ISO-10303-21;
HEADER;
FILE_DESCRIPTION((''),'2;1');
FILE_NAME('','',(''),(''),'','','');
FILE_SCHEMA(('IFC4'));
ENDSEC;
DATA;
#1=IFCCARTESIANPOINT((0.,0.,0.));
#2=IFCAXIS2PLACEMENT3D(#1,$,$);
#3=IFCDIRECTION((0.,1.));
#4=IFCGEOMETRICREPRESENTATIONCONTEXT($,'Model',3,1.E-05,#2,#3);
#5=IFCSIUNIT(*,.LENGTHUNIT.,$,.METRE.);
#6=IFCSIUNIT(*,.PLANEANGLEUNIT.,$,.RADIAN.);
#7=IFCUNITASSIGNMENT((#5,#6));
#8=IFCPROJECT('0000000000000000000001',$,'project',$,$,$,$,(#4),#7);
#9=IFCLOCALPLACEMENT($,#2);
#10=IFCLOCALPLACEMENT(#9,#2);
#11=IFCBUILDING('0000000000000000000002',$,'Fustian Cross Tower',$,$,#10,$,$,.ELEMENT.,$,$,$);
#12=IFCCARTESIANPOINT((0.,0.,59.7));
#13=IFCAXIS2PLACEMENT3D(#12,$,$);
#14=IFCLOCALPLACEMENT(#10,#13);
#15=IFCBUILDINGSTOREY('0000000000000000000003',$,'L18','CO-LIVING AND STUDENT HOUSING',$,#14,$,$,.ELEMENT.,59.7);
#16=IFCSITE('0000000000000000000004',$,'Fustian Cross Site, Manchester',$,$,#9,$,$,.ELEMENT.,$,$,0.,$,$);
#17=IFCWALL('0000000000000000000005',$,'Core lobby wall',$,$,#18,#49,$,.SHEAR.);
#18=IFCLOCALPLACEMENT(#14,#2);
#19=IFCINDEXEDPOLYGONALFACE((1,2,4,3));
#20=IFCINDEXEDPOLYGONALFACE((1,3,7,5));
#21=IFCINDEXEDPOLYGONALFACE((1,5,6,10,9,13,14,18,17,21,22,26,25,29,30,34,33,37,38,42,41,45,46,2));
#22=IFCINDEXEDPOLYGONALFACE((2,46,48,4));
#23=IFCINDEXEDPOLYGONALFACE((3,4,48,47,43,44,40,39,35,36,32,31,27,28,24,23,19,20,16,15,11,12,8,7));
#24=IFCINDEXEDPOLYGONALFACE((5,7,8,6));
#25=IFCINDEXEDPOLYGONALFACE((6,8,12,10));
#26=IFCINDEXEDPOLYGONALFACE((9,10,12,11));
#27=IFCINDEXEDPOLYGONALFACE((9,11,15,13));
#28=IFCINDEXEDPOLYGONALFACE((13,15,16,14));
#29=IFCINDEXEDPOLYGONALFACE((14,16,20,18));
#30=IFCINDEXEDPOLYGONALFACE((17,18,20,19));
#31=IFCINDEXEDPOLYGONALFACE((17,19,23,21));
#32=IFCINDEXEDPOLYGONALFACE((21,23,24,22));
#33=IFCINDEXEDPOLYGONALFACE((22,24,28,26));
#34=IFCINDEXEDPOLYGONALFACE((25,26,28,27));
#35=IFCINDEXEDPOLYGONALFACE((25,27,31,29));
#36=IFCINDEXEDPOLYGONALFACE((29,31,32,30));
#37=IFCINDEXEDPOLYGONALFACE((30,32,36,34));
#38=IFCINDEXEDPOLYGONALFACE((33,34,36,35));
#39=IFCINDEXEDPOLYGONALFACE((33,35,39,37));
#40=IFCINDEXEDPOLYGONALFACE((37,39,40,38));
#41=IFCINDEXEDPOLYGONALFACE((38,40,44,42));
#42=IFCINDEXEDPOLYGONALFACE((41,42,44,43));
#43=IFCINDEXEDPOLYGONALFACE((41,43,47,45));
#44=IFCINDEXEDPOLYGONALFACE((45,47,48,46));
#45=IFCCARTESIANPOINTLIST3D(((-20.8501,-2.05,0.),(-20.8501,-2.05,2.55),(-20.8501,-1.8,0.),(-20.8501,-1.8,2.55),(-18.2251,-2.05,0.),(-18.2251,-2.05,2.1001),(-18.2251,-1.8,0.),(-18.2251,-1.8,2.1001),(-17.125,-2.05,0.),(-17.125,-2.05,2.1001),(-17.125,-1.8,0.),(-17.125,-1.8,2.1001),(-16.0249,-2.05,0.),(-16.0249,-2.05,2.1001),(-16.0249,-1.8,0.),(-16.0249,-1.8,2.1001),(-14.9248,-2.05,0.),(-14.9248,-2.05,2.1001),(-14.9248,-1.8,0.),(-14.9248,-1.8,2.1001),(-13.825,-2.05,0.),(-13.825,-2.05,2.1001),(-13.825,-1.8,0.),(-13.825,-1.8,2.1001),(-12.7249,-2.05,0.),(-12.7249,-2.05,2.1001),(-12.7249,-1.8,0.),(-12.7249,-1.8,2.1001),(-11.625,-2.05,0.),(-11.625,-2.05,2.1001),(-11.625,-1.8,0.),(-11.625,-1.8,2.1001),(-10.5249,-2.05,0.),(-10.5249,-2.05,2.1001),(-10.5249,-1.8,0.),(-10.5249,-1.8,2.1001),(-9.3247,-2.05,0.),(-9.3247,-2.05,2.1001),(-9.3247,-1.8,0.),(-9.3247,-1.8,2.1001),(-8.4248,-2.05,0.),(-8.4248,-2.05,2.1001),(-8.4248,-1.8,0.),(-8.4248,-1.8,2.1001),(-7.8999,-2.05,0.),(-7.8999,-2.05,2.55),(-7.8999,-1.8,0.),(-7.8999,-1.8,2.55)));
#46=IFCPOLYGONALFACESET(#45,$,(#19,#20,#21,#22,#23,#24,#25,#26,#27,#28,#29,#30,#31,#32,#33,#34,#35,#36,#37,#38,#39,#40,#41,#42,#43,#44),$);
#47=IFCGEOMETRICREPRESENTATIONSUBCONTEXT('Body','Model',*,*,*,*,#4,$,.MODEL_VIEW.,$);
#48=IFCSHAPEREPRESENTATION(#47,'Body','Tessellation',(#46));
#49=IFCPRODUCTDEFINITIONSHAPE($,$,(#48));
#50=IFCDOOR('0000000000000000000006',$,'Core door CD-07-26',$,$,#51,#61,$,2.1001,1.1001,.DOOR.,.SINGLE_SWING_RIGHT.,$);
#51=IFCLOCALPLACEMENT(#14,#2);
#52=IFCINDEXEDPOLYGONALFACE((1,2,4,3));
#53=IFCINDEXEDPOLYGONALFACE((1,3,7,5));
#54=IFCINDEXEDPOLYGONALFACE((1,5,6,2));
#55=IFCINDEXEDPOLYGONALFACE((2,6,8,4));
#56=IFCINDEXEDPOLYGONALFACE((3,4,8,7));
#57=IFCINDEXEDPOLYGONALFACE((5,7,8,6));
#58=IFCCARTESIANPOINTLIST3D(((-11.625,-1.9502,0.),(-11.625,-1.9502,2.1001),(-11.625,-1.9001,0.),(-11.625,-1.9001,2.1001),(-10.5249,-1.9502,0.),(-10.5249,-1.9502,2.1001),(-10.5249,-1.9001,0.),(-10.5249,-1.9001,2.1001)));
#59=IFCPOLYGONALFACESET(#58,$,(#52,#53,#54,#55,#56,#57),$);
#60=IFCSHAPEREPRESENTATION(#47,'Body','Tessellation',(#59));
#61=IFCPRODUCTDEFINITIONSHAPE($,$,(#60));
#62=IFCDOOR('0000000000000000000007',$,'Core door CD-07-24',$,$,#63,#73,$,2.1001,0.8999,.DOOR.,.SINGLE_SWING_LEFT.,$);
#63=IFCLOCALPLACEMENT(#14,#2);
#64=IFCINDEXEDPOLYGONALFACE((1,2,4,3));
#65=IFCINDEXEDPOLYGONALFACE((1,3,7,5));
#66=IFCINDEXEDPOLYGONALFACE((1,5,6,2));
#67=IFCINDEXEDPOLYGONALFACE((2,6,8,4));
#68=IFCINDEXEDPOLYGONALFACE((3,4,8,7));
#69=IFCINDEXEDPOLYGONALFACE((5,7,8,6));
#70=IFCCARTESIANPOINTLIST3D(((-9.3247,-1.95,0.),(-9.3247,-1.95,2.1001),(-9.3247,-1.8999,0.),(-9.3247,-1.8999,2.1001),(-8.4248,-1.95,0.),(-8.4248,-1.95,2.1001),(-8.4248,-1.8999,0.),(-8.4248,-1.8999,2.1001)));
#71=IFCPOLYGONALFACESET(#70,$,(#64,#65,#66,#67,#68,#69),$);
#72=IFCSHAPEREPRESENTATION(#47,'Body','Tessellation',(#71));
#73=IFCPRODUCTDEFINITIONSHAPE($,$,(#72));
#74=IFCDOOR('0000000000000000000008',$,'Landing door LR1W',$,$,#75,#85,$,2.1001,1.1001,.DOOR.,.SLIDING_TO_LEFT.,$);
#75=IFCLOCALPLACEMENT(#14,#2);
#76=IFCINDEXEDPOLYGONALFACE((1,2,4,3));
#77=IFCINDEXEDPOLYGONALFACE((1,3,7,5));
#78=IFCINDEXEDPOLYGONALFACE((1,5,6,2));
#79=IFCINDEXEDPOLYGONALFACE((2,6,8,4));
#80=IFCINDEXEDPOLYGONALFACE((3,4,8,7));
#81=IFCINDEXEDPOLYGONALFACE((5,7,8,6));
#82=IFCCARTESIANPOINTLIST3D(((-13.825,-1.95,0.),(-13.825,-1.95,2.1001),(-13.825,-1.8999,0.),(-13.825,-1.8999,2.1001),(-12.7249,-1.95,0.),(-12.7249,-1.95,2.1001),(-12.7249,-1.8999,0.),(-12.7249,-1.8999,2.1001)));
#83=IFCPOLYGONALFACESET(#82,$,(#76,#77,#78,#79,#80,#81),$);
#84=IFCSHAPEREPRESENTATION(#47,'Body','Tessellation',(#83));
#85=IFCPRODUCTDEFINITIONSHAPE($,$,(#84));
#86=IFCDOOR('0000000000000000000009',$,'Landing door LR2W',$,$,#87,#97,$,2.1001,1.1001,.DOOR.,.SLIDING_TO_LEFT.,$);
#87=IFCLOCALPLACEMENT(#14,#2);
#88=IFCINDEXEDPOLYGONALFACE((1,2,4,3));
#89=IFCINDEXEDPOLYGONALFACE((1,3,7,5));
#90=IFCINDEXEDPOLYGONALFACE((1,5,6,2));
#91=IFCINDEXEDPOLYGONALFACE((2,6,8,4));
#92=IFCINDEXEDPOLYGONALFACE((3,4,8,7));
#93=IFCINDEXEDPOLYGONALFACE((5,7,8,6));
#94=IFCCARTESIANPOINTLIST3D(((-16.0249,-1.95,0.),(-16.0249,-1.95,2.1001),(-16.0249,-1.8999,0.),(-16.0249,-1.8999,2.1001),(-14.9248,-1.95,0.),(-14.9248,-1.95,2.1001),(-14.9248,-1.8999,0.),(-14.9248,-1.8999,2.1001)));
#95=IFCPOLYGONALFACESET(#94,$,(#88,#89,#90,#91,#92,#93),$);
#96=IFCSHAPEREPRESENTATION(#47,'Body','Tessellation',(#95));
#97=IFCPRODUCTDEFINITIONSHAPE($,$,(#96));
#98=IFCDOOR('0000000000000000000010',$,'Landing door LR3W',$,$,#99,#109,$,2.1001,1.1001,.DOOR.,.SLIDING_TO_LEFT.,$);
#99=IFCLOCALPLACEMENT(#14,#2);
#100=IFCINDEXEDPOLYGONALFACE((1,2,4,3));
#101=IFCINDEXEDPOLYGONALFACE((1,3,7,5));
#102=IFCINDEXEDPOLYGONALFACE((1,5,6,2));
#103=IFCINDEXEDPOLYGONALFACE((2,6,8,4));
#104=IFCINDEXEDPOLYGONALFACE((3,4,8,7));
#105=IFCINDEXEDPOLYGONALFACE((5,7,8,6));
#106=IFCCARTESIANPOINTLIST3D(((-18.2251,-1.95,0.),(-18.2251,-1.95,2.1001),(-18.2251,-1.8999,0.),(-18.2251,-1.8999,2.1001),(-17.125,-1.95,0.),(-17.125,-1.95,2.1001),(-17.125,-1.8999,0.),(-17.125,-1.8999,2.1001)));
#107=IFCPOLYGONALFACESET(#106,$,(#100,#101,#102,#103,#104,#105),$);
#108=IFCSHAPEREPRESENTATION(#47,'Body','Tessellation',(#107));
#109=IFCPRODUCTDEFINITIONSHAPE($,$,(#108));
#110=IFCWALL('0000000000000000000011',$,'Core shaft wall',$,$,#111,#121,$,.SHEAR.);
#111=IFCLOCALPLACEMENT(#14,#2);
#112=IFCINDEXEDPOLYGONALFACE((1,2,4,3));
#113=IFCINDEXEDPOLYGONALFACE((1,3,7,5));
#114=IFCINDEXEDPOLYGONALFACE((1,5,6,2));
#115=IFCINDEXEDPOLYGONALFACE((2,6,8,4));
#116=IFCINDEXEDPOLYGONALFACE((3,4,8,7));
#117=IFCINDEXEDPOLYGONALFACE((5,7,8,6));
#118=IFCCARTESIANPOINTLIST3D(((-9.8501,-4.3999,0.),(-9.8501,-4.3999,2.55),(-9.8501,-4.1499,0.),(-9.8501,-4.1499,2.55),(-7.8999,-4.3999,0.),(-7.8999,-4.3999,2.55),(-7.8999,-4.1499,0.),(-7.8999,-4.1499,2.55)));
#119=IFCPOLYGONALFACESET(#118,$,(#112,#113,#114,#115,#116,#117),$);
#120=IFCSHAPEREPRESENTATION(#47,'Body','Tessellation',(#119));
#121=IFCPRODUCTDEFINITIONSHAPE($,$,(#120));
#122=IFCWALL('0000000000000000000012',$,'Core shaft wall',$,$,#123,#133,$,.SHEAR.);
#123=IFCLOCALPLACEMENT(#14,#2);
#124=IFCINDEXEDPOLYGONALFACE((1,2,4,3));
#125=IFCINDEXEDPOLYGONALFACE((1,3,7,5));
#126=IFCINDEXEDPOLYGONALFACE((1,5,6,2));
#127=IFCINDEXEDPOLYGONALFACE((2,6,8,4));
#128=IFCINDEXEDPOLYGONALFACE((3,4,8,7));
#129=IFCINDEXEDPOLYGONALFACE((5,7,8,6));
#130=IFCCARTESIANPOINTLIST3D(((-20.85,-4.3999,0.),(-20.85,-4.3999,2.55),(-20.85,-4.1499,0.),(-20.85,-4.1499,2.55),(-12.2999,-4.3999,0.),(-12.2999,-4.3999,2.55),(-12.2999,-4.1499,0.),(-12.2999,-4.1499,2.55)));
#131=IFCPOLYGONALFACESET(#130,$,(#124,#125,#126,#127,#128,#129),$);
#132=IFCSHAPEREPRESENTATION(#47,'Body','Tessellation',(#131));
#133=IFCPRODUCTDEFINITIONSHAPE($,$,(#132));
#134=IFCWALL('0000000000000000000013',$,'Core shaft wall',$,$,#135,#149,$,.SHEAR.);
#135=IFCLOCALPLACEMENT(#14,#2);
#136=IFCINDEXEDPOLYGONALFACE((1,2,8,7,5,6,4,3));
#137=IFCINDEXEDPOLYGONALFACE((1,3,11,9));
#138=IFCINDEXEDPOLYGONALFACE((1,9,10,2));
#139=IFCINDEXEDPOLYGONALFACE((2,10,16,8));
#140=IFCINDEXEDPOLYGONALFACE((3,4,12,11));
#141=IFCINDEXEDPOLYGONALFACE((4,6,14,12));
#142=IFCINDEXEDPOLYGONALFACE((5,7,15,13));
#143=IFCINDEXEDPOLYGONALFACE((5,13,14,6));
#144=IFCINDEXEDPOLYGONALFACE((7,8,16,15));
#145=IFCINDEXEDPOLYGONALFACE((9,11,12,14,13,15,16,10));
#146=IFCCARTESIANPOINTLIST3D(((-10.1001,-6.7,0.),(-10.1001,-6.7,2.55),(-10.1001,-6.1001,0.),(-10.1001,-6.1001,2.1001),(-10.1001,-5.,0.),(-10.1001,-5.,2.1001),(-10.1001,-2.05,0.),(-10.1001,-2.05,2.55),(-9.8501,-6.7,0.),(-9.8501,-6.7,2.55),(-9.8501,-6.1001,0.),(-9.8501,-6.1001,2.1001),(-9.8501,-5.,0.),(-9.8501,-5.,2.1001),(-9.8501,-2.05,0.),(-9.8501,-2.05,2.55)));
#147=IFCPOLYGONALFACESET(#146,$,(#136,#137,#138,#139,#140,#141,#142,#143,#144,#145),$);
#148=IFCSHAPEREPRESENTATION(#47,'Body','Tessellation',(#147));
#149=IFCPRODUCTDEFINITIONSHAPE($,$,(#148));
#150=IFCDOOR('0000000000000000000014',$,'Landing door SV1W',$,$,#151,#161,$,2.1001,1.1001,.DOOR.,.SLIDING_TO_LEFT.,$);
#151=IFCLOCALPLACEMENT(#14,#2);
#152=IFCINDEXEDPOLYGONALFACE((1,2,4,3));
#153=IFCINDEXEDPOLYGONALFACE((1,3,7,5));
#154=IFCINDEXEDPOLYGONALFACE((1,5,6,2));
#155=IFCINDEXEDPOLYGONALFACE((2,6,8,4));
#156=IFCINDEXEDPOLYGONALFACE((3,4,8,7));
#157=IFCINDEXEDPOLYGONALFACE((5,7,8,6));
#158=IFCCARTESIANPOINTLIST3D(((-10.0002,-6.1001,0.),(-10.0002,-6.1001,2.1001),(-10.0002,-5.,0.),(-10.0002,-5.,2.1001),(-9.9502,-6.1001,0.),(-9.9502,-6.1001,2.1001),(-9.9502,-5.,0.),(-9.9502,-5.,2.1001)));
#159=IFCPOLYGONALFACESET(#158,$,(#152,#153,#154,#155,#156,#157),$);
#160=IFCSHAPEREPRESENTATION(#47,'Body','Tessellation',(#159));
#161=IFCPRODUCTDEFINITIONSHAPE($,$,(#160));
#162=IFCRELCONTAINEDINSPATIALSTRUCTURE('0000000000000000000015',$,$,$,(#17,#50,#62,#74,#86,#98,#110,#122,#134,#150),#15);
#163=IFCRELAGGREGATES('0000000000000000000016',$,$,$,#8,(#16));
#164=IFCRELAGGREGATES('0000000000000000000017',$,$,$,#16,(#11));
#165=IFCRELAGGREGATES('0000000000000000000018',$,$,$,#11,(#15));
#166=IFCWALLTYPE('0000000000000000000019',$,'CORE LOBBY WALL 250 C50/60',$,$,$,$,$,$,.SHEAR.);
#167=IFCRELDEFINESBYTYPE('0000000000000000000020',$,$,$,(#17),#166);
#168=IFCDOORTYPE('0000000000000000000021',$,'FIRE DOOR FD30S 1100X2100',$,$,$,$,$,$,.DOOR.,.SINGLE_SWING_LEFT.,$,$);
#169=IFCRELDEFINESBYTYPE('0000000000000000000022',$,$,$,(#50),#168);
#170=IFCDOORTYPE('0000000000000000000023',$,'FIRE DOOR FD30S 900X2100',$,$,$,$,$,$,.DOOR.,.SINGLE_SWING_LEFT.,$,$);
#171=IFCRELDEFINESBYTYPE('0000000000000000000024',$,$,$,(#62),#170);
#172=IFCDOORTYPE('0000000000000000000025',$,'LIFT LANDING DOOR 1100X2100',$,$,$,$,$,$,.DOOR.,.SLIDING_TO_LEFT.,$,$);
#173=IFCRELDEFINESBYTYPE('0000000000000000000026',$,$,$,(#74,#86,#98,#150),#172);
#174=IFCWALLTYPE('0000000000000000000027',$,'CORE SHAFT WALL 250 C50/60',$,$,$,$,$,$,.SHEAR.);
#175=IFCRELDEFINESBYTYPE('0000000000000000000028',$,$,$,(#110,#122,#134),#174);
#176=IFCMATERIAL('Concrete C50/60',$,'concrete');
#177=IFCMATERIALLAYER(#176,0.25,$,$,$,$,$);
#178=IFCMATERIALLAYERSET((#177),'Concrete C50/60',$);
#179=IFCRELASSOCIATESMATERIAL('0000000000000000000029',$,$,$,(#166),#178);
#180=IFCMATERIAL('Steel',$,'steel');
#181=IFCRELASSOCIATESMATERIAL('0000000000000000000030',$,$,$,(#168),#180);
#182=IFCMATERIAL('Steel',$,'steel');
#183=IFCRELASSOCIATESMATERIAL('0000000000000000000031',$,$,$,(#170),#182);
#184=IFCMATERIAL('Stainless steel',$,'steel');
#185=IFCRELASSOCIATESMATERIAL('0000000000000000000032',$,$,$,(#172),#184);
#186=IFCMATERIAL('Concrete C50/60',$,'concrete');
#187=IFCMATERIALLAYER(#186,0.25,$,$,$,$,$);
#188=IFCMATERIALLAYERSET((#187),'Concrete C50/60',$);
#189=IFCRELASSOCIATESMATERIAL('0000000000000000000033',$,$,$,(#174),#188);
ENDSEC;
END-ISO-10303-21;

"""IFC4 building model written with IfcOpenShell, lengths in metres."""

from ifc_helpers import new_model, si_unit, direction, frame, frame_2d, origin, place, context, subcontext, project, spatial, rectangle, extrude, material, layer, layer_set, type_object, element, fill, save


model = new_model("IFC4")

# Units and contexts
model_context = context("Model", 3, precision=1e-05, world=origin(), true_north=direction((0.0, 1.0)))
body_context = subcontext(model_context, "Body", "Model", "MODEL_VIEW")
ifc_project = project(units=[si_unit("LENGTHUNIT", "METRE"), si_unit("PLANEANGLEUNIT", "RADIAN")], contexts=[model_context])

# Site, building, storey
site_placement = place(None, origin())
site = spatial("IfcSite", under=ifc_project, at=site_placement, Name="Fustian Cross Site, Manchester", CompositionType="ELEMENT", RefElevation=0.0)
building_placement = place(site_placement, origin())
building = spatial("IfcBuilding", under=site, at=building_placement, Name="Fustian Cross Tower", CompositionType="ELEMENT")
storey_placement = place(building_placement, frame((0.0, 0.0, 59.7)))
storey = spatial("IfcBuildingStorey", under=building, at=storey_placement, Name="L18", Description="CO-LIVING AND STUDENT HOUSING", CompositionType="ELEMENT", Elevation=59.7)

# Wall, openings, doors
ifc_material_1 = material(Name="Concrete C50/60", Category="concrete")
ifc_layer_1 = layer(ifc_material_1, 0.25)
ifc_layer_set_1 = layer_set([ifc_layer_1], Name="Concrete C50/60")
wall_type_1 = type_object("IfcWallType", Name="CORE LOBBY WALL 250 C50/60", PredefinedType="SHEAR", material=ifc_layer_set_1)
wall_1_placement = place(storey_placement, frame((-7.8999, -1.925, 0.0), z_axis=(0.0, 0.0, 1.0), x_axis=(-1.0, 0.0, 0.0)))
wall_1 = element("IfcWall", 1, at=wall_1_placement, inside=storey, type_object=wall_type_1, Name="Core lobby wall", PredefinedType="SHEAR", context=body_context, shape_type="SweptSolid", body=[
    extrude(rectangle(XDim=12.9502, YDim=0.25, at=frame_2d((6.4751, 0.0))), origin(), (0.0, 0.0, 1.0), 2.55),
])
opening_1_placement = place(wall_1_placement, frame((4.825, 0.0, 0.0)))
opening_1 = element("IfcOpeningElement", 2, at=opening_1_placement, cuts=wall_1, PredefinedType="OPENING", context=body_context, shape_type="SweptSolid", body=[
    extrude(rectangle(XDim=1.1001, YDim=2.1001, at=frame_2d((0.55, 1.05))), frame((0.0, 0.135, 0.0), z_axis=(0.0, -1.0, 0.0), x_axis=(1.0, 0.0, 0.0)), (0.0, 0.0, 1.0), 0.27),
])
opening_2_placement = place(wall_1_placement, frame((7.0249, 0.0, 0.0)))
opening_2 = element("IfcOpeningElement", 3, at=opening_2_placement, cuts=wall_1, PredefinedType="OPENING", context=body_context, shape_type="SweptSolid", body=[
    extrude(rectangle(XDim=1.1001, YDim=2.1001, at=frame_2d((0.55, 1.05))), frame((0.0, 0.135, 0.0), z_axis=(0.0, -1.0, 0.0), x_axis=(1.0, 0.0, 0.0)), (0.0, 0.0, 1.0), 0.27),
])
opening_3_placement = place(wall_1_placement, frame((9.2251, 0.0, 0.0)))
opening_3 = element("IfcOpeningElement", 4, at=opening_3_placement, cuts=wall_1, PredefinedType="OPENING", context=body_context, shape_type="SweptSolid", body=[
    extrude(rectangle(XDim=1.1001, YDim=2.1001, at=frame_2d((0.55, 1.05))), frame((0.0, 0.135, 0.0), z_axis=(0.0, -1.0, 0.0), x_axis=(1.0, 0.0, 0.0)), (0.0, 0.0, 1.0), 0.27),
])
opening_4_placement = place(wall_1_placement, frame((0.5249, 0.0, 0.0)))
opening_4 = element("IfcOpeningElement", 5, at=opening_4_placement, cuts=wall_1, PredefinedType="OPENING", context=body_context, shape_type="SweptSolid", body=[
    extrude(rectangle(XDim=0.8999, YDim=2.1001, at=frame_2d((0.45, 1.05))), frame((0.0, 0.135, 0.0), z_axis=(0.0, -1.0, 0.0), x_axis=(1.0, 0.0, 0.0)), (0.0, 0.0, 1.0), 0.27),
])
opening_5_placement = place(wall_1_placement, frame((2.625, 0.0, 0.0)))
opening_5 = element("IfcOpeningElement", 6, at=opening_5_placement, cuts=wall_1, PredefinedType="OPENING", context=body_context, shape_type="SweptSolid", body=[
    extrude(rectangle(XDim=1.1001, YDim=2.1001, at=frame_2d((0.55, 1.05))), frame((0.0, 0.135, 0.0), z_axis=(0.0, -1.0, 0.0), x_axis=(1.0, 0.0, 0.0)), (0.0, 0.0, 1.0), 0.27),
])
ifc_material_2 = material(Name="Steel", Category="steel")
door_type_1 = type_object("IfcDoorType", Name="FIRE DOOR FD30S 1100X2100", OperationType="SINGLE_SWING_LEFT", PredefinedType="DOOR", material=ifc_material_2)
door_1_placement = place(opening_5_placement, frame((1.1001, 0.0, 0.0), z_axis=(0.0, 0.0, 1.0), x_axis=(-1.0, 0.0, 0.0)))
door_1 = element("IfcDoor", 7, at=door_1_placement, inside=storey, type_object=door_type_1, Name="Core door CD-07-26", OperationType="SINGLE_SWING_RIGHT", OverallHeight=2.1001, OverallWidth=1.1001, PredefinedType="DOOR", context=body_context, shape_type="SweptSolid", body=[
    extrude(rectangle(XDim=1.1001, YDim=2.1001, at=frame_2d((0.55, 1.05))), frame((0.0, 0.0249, 0.0), z_axis=(0.0, -1.0, 0.0), x_axis=(1.0, 0.0, 0.0)), (0.0, 0.0, 1.0), 0.05),
])
fill(opening_5, door_1)
ifc_material_3 = material(Name="Steel", Category="steel")
door_type_2 = type_object("IfcDoorType", Name="FIRE DOOR FD30S 900X2100", OperationType="SINGLE_SWING_LEFT", PredefinedType="DOOR", material=ifc_material_3)
door_2_placement = place(opening_4_placement, origin())
door_2 = element("IfcDoor", 8, at=door_2_placement, inside=storey, type_object=door_type_2, Name="Core door CD-07-24", OperationType="SINGLE_SWING_LEFT", OverallHeight=2.1001, OverallWidth=0.8999, PredefinedType="DOOR", context=body_context, shape_type="SweptSolid", body=[
    extrude(rectangle(XDim=0.8999, YDim=2.1001, at=frame_2d((0.45, 1.05))), frame((0.0, 0.0249, 0.0), z_axis=(0.0, -1.0, 0.0), x_axis=(1.0, 0.0, 0.0)), (0.0, 0.0, 1.0), 0.05),
])
fill(opening_4, door_2)
ifc_material_4 = material(Name="Stainless steel", Category="steel")
door_type_3 = type_object("IfcDoorType", Name="LIFT LANDING DOOR 1100X2100", OperationType="SLIDING_TO_LEFT", PredefinedType="DOOR", material=ifc_material_4)
door_3_placement = place(opening_1_placement, origin())
door_3 = element("IfcDoor", 9, at=door_3_placement, inside=storey, type_object=door_type_3, Name="Landing door LR1W", OperationType="SLIDING_TO_LEFT", OverallHeight=2.1001, OverallWidth=1.1001, PredefinedType="DOOR", context=body_context, shape_type="SweptSolid", body=[
    extrude(rectangle(XDim=1.1001, YDim=2.1001, at=frame_2d((0.55, 1.05))), frame((0.0, 0.0249, 0.0), z_axis=(0.0, -1.0, 0.0), x_axis=(1.0, 0.0, 0.0)), (0.0, 0.0, 1.0), 0.05),
])
fill(opening_1, door_3)
door_4_placement = place(opening_2_placement, origin())
door_4 = element("IfcDoor", 10, at=door_4_placement, inside=storey, type_object=door_type_3, Name="Landing door LR2W", OperationType="SLIDING_TO_LEFT", OverallHeight=2.1001, OverallWidth=1.1001, PredefinedType="DOOR", context=body_context, shape_type="SweptSolid", body=[
    extrude(rectangle(XDim=1.1001, YDim=2.1001, at=frame_2d((0.55, 1.05))), frame((0.0, 0.0249, 0.0), z_axis=(0.0, -1.0, 0.0), x_axis=(1.0, 0.0, 0.0)), (0.0, 0.0, 1.0), 0.05),
])
fill(opening_2, door_4)
door_5_placement = place(opening_3_placement, origin())
door_5 = element("IfcDoor", 11, at=door_5_placement, inside=storey, type_object=door_type_3, Name="Landing door LR3W", OperationType="SLIDING_TO_LEFT", OverallHeight=2.1001, OverallWidth=1.1001, PredefinedType="DOOR", context=body_context, shape_type="SweptSolid", body=[
    extrude(rectangle(XDim=1.1001, YDim=2.1001, at=frame_2d((0.55, 1.05))), frame((0.0, 0.0249, 0.0), z_axis=(0.0, -1.0, 0.0), x_axis=(1.0, 0.0, 0.0)), (0.0, 0.0, 1.0), 0.05),
])
fill(opening_3, door_5)

# Walls
ifc_material_5 = material(Name="Concrete C50/60", Category="concrete")
ifc_layer_2 = layer(ifc_material_5, 0.25)
ifc_layer_set_2 = layer_set([ifc_layer_2], Name="Concrete C50/60")
wall_type_2 = type_object("IfcWallType", Name="CORE SHAFT WALL 250 C50/60", PredefinedType="SHEAR", material=ifc_layer_set_2)
wall_2_placement = place(storey_placement, frame((-7.8999, -4.2749, 0.0), z_axis=(0.0, 0.0, 1.0), x_axis=(-1.0, 0.0, 0.0)))
element("IfcWall", 12, at=wall_2_placement, inside=storey, type_object=wall_type_2, Name="Core shaft wall", PredefinedType="SHEAR", context=body_context, shape_type="SweptSolid", body=[
    extrude(rectangle(XDim=1.9502, YDim=0.25, at=frame_2d((0.9751, 0.0))), origin(), (0.0, 0.0, 1.0), 2.55),
])
wall_3_placement = place(storey_placement, frame((-12.3, -4.2749, 0.0), z_axis=(0.0, 0.0, 1.0), x_axis=(-1.0, 0.0, 0.0)))
element("IfcWall", 13, at=wall_3_placement, inside=storey, type_object=wall_type_2, Name="Core shaft wall", PredefinedType="SHEAR", context=body_context, shape_type="SweptSolid", body=[
    extrude(rectangle(XDim=8.55, YDim=0.25, at=frame_2d((4.2749, 0.0))), origin(), (0.0, 0.0, 1.0), 2.55),
])

# Wall, opening, door
wall_4_placement = place(storey_placement, frame((-9.9751, -2.05, 0.0), z_axis=(0.0, 0.0, 1.0), x_axis=(0.0, -1.0, 0.0)))
wall_4 = element("IfcWall", 14, at=wall_4_placement, inside=storey, type_object=wall_type_2, Name="Core shaft wall", PredefinedType="SHEAR", context=body_context, shape_type="SweptSolid", body=[
    extrude(rectangle(XDim=4.6499, YDim=0.25, at=frame_2d((2.325, 0.0))), origin(), (0.0, 0.0, 1.0), 2.55),
])
opening_6_placement = place(wall_4_placement, frame((2.95, 0.0, 0.0)))
opening_6 = element("IfcOpeningElement", 15, at=opening_6_placement, cuts=wall_4, PredefinedType="OPENING", context=body_context, shape_type="SweptSolid", body=[
    extrude(rectangle(XDim=1.1001, YDim=2.1001, at=frame_2d((0.55, 1.05))), frame((0.0, 0.135, 0.0), z_axis=(0.0, -1.0, 0.0), x_axis=(1.0, 0.0, 0.0)), (0.0, 0.0, 1.0), 0.27),
])
door_6_placement = place(opening_6_placement, origin())
door_6 = element("IfcDoor", 16, at=door_6_placement, inside=storey, type_object=door_type_3, Name="Landing door SV1W", OperationType="SLIDING_TO_LEFT", OverallHeight=2.1001, OverallWidth=1.1001, PredefinedType="DOOR", context=body_context, shape_type="SweptSolid", body=[
    extrude(rectangle(XDim=1.1001, YDim=2.1001, at=frame_2d((0.55, 1.05))), frame((0.0, 0.0249, 0.0), z_axis=(0.0, -1.0, 0.0), x_axis=(1.0, 0.0, 0.0)), (0.0, 0.0, 1.0), 0.05),
])
fill(opening_6, door_6)

save(model, "model.ifc")
